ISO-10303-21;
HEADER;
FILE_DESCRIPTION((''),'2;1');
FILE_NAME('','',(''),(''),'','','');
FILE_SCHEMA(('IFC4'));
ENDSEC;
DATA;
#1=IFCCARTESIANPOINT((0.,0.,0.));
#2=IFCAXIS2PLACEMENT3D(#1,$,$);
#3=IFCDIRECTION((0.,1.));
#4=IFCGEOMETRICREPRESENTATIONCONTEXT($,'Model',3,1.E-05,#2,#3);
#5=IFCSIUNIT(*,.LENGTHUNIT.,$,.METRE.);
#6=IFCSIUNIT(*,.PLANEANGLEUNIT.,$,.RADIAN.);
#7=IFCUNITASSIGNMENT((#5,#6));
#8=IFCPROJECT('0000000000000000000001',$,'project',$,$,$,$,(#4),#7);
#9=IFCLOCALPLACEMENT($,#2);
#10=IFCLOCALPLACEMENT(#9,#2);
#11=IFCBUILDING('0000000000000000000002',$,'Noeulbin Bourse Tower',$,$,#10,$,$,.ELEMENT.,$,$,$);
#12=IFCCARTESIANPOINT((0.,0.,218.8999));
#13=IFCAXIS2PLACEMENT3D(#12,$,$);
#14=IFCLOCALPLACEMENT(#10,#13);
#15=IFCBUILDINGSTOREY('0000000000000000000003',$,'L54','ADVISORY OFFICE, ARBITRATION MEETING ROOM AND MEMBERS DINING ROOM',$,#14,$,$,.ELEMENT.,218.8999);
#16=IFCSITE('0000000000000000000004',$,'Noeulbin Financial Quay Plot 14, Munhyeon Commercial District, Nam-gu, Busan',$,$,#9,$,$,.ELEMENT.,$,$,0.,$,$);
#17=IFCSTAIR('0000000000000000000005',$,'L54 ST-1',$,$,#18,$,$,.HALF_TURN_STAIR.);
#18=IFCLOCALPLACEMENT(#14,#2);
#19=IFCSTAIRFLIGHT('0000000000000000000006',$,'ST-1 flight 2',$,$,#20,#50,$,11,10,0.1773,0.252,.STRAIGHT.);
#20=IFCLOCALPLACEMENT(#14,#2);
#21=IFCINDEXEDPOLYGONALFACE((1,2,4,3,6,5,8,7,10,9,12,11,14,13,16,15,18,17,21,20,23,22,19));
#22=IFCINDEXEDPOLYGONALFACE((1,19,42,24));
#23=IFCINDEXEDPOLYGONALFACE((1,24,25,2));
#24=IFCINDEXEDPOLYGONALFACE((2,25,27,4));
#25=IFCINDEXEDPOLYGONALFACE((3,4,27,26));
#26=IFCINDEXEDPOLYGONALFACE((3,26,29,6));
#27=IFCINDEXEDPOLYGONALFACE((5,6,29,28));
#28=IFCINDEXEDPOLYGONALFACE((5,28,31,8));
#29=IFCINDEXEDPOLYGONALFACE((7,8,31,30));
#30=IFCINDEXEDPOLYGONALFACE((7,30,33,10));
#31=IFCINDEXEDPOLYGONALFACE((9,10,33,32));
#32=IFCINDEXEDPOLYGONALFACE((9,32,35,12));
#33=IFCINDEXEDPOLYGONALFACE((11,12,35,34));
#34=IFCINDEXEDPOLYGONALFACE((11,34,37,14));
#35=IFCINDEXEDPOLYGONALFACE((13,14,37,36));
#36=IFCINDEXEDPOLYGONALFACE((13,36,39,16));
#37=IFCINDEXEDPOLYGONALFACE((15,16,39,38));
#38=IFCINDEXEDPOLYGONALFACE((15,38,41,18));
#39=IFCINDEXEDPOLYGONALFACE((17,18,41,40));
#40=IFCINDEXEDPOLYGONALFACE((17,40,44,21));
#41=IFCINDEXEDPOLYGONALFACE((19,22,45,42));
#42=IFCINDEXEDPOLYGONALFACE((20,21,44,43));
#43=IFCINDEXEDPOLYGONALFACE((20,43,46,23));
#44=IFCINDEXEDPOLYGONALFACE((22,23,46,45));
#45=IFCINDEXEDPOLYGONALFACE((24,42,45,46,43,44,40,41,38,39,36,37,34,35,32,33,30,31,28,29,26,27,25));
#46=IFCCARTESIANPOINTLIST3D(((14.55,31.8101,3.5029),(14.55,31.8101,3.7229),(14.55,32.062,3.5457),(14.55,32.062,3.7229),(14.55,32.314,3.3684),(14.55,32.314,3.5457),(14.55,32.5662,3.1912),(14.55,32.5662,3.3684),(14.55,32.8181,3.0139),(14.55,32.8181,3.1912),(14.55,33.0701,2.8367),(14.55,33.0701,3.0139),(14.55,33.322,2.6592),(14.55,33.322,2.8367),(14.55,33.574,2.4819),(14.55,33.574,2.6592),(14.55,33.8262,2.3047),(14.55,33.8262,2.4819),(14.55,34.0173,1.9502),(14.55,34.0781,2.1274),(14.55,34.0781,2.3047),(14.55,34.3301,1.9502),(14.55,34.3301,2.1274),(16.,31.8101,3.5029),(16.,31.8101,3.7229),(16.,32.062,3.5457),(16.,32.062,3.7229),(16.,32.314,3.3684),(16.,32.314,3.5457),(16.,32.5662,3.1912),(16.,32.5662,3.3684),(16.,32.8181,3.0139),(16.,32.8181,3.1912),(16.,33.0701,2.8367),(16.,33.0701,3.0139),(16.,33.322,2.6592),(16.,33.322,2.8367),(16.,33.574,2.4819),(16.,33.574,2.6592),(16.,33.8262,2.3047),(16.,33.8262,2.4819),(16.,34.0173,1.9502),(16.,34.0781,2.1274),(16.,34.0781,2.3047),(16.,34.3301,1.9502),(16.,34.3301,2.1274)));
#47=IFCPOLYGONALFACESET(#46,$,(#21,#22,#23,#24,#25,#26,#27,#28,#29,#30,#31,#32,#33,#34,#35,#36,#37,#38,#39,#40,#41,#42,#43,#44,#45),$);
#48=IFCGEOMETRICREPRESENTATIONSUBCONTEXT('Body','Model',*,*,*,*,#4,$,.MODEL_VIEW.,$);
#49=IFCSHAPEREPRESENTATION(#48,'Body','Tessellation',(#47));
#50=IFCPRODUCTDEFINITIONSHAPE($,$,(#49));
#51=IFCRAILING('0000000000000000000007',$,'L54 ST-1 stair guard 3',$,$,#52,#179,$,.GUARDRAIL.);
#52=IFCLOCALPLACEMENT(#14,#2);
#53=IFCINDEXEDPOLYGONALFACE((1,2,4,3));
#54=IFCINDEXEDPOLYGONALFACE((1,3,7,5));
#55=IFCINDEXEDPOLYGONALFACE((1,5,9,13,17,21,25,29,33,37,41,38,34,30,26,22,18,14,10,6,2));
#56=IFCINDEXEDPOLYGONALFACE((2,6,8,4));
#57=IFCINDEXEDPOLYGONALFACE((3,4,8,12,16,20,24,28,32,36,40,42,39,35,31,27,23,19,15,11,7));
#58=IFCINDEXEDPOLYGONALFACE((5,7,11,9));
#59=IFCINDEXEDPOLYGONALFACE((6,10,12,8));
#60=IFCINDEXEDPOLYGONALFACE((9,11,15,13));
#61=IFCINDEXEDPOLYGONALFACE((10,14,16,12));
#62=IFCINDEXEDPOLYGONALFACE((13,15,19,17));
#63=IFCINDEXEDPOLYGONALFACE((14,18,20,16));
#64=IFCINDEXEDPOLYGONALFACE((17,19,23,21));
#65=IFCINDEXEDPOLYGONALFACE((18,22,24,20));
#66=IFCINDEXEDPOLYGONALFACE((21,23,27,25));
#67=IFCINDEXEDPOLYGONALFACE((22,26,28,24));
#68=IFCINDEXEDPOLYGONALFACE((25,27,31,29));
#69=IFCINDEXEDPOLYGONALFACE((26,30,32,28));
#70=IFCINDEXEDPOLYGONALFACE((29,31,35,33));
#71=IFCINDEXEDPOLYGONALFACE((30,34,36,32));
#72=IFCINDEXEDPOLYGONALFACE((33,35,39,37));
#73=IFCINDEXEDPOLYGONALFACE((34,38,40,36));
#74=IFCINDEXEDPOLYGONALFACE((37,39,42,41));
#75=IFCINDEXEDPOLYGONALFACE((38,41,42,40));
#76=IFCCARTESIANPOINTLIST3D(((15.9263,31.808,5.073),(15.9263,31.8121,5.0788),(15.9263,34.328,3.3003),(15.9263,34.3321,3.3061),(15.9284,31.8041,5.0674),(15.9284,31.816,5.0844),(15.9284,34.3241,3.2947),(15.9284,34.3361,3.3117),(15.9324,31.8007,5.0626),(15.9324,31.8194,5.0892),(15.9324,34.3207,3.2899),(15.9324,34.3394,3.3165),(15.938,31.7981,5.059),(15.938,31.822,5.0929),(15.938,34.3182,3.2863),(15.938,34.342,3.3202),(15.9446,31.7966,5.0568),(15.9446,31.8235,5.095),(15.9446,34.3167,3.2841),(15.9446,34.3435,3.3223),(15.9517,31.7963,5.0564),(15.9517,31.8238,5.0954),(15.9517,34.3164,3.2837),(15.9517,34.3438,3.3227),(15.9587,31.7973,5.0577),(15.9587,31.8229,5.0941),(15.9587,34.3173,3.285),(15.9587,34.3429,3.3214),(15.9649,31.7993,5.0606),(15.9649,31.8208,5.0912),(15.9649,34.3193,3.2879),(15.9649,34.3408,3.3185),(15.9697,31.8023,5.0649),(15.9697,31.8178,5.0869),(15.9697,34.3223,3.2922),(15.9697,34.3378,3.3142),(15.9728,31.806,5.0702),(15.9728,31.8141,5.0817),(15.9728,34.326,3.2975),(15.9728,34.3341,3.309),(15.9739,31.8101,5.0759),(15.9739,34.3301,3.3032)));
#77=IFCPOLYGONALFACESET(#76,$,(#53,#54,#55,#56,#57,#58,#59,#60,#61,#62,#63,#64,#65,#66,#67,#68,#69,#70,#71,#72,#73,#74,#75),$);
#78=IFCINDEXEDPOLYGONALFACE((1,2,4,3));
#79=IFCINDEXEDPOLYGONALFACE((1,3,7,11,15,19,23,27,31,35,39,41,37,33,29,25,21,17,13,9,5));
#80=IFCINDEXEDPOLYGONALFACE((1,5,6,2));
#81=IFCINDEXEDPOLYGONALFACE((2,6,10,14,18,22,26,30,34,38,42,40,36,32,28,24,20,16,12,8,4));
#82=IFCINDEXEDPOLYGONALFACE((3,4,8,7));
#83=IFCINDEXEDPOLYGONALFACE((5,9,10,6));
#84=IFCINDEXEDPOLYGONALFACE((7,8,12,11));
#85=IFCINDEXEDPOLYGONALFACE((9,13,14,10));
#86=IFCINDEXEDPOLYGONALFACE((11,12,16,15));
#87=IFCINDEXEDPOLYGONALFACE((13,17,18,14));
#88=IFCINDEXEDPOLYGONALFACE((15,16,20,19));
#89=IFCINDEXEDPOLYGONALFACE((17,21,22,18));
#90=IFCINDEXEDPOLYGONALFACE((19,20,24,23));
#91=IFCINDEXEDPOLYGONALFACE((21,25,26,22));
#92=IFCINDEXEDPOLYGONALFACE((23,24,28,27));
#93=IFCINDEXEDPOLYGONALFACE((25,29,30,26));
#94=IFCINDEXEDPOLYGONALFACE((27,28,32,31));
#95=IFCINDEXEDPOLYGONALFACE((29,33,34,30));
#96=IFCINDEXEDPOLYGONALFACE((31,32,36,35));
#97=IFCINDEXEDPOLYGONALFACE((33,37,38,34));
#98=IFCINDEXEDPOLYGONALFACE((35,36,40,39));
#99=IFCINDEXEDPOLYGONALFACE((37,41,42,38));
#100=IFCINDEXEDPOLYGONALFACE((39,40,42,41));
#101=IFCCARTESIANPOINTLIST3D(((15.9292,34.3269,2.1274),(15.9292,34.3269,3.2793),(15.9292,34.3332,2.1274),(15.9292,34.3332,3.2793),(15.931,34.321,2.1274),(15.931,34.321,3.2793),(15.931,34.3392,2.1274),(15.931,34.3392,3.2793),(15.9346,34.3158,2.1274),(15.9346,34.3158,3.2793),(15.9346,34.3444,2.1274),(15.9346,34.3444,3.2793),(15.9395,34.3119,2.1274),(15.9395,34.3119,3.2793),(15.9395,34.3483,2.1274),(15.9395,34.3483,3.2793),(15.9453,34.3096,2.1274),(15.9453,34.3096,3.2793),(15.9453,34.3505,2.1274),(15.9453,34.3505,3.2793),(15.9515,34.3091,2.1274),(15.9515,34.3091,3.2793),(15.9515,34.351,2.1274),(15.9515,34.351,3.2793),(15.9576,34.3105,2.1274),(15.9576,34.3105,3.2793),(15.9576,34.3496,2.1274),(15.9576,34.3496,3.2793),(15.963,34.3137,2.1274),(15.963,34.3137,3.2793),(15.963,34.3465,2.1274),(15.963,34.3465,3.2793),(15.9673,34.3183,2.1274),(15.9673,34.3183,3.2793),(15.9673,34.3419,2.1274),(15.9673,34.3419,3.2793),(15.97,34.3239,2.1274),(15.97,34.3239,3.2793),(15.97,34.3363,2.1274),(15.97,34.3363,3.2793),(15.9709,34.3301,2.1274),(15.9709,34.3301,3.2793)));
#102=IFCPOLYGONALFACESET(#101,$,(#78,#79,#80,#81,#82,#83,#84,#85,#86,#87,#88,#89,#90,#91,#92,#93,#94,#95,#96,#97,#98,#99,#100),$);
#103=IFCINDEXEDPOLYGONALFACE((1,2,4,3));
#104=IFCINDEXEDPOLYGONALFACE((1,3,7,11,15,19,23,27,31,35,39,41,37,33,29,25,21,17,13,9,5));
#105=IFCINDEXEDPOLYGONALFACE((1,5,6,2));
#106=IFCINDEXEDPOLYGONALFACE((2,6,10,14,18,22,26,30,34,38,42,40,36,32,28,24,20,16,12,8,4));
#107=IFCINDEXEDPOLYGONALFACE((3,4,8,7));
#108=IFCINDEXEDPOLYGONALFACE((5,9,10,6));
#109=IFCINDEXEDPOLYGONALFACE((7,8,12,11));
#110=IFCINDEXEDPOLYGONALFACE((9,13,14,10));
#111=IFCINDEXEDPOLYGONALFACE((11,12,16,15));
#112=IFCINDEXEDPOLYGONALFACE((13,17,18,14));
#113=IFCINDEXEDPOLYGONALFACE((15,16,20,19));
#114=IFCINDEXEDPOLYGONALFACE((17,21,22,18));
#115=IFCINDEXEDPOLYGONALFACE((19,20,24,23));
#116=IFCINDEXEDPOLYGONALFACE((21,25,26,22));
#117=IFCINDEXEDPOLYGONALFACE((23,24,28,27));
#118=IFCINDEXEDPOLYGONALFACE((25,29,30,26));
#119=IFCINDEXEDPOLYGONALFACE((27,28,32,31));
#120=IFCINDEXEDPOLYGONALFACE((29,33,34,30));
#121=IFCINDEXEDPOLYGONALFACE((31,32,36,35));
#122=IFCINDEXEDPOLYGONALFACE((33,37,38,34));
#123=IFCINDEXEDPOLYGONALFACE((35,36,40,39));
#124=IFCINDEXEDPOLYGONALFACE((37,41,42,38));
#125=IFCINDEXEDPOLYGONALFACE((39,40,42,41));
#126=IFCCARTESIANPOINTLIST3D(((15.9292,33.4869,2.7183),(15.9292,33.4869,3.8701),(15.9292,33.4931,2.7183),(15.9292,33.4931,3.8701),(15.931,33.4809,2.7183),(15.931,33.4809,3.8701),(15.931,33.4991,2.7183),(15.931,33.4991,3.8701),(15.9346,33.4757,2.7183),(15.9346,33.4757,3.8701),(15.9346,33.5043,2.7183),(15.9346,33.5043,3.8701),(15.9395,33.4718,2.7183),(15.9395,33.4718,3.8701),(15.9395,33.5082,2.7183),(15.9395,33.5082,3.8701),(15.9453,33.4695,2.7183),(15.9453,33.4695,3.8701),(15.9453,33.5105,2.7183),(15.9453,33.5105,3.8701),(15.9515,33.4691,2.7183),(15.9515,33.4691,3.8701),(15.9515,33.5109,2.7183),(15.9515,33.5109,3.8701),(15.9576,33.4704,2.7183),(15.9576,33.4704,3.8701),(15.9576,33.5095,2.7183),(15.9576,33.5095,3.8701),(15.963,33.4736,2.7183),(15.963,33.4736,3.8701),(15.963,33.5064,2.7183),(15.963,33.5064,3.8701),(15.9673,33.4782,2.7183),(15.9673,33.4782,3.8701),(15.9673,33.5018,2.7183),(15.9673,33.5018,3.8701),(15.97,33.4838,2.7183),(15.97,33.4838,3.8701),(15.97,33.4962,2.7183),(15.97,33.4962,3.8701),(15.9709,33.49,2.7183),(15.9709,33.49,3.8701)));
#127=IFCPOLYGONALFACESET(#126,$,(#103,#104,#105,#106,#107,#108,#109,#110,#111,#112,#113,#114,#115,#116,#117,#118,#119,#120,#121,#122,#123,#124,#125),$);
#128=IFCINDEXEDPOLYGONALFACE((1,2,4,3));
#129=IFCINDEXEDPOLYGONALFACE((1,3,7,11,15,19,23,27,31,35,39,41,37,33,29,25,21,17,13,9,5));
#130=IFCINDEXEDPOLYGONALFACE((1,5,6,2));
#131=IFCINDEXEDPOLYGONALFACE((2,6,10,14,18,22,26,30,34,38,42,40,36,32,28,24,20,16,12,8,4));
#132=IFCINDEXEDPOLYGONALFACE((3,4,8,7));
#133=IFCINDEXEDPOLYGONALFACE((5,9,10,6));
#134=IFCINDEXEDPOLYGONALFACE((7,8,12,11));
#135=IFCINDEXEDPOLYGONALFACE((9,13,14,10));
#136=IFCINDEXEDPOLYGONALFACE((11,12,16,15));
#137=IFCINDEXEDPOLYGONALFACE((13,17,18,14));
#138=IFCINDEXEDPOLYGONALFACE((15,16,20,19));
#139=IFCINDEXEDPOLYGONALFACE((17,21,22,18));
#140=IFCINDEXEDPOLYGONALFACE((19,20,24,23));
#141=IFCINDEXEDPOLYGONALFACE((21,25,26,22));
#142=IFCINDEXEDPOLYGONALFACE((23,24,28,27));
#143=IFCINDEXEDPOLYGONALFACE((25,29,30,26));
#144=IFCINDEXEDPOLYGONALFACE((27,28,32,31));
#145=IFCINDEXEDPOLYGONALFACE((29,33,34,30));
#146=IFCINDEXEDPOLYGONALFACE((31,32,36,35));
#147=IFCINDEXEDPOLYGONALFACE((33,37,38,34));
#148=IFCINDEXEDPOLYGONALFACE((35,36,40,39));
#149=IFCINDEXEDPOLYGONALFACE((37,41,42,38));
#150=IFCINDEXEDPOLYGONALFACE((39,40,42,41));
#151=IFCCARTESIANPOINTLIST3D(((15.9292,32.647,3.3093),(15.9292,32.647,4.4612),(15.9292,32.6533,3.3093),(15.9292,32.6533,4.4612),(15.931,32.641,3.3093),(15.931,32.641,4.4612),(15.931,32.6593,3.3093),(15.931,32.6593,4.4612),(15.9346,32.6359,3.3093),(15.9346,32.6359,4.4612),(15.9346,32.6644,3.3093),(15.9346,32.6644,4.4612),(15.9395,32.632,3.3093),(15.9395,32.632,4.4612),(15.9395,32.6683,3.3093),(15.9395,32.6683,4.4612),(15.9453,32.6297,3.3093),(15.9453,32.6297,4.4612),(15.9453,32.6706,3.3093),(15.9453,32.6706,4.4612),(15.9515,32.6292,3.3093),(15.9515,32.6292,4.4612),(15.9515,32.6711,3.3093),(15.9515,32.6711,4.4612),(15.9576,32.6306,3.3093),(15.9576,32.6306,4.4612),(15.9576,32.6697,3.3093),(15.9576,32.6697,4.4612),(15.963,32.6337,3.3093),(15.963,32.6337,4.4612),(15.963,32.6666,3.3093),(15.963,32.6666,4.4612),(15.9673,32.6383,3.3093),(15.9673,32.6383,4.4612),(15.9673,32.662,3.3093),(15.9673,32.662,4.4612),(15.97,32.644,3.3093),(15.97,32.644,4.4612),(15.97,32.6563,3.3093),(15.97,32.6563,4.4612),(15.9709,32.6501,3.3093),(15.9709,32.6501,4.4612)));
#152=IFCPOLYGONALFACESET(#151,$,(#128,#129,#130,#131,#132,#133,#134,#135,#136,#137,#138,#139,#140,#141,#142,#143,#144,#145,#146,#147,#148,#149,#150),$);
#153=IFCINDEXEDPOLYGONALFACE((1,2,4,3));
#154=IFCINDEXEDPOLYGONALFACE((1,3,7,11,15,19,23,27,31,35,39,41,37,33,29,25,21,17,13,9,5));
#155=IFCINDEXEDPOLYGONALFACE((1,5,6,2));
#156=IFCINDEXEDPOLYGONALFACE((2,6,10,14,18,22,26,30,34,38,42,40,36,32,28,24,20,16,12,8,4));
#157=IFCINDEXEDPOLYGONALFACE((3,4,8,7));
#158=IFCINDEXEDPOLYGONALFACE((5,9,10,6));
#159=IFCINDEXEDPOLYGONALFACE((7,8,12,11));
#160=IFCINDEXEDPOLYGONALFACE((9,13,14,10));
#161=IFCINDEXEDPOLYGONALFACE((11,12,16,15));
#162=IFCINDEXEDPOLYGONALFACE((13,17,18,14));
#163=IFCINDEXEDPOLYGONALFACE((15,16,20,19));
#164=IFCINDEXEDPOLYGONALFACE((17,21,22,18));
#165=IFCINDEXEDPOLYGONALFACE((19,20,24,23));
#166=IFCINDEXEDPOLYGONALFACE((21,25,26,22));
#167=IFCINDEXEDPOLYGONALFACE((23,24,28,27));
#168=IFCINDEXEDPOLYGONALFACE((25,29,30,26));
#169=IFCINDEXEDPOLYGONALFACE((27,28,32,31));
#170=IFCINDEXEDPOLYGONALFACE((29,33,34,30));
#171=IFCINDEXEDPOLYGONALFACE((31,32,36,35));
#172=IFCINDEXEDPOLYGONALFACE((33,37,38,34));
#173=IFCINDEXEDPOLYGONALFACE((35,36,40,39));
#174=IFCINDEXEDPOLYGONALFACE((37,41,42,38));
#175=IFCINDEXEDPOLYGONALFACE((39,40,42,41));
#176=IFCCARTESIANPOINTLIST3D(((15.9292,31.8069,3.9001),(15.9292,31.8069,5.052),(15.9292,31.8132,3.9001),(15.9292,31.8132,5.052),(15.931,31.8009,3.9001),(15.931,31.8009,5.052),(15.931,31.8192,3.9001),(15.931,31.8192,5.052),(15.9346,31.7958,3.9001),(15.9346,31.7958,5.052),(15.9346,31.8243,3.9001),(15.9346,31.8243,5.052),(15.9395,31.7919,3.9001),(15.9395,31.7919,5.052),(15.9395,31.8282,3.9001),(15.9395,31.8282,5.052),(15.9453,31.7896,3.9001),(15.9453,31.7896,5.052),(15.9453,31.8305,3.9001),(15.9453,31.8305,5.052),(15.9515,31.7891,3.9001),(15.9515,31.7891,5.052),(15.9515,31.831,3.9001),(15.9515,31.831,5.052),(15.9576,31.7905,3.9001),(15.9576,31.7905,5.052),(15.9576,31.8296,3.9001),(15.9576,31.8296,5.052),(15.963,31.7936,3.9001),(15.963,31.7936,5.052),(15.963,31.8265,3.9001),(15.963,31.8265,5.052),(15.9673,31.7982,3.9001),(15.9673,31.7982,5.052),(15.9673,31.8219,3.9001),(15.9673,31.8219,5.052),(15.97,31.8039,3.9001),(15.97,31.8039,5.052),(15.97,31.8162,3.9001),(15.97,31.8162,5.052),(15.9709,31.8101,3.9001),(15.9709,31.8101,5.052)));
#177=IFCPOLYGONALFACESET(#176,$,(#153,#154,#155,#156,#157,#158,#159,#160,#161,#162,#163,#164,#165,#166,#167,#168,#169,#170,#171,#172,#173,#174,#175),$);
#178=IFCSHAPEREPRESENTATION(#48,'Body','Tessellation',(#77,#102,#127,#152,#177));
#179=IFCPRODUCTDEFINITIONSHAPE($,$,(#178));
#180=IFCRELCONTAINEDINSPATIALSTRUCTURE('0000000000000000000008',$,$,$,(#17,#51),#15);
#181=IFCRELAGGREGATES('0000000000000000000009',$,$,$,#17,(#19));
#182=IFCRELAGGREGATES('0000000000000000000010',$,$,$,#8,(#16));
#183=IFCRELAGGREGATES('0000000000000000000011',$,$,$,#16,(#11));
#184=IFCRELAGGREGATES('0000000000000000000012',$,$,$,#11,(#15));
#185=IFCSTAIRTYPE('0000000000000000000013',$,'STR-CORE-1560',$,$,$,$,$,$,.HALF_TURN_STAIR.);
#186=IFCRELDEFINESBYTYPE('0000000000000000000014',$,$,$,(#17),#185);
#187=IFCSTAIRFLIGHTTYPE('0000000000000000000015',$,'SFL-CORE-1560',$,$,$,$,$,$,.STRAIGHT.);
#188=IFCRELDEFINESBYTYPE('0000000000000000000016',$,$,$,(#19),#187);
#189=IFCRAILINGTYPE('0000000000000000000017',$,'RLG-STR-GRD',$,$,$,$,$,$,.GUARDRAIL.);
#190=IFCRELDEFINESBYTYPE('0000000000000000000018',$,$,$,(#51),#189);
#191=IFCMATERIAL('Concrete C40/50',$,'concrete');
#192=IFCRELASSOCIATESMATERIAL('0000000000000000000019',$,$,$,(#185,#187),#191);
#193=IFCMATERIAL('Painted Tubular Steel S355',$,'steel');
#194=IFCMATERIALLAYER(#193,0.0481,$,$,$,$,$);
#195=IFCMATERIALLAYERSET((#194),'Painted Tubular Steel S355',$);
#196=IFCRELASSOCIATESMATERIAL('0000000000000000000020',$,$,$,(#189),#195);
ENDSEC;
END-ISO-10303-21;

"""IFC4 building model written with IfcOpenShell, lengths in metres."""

from ifc_helpers import new_model, si_unit, direction, frame, origin, origin_2d, place, context, subcontext, project, spatial, polyline, circle, outline, extrude, material, layer, layer_set, type_object, element, aggregate, save


model = new_model("IFC4")

# Units and contexts
model_context = context("Model", 3, precision=1e-05, world=origin(), true_north=direction((0.0, 1.0)))
body_context = subcontext(model_context, "Body", "Model", "MODEL_VIEW")
ifc_project = project(units=[si_unit("LENGTHUNIT", "METRE"), si_unit("PLANEANGLEUNIT", "RADIAN")], contexts=[model_context])

# Site, building, storey
site_placement = place(None, origin())
site = spatial("IfcSite", under=ifc_project, at=site_placement, Name="Noeulbin Financial Quay Plot 14, Munhyeon Commercial District, Nam-gu, Busan", CompositionType="ELEMENT", RefElevation=0.0)
building_placement = place(site_placement, origin())
building = spatial("IfcBuilding", under=site, at=building_placement, Name="Noeulbin Bourse Tower", CompositionType="ELEMENT")
storey_placement = place(building_placement, frame((0.0, 0.0, 218.8999)))
storey = spatial("IfcBuildingStorey", under=building, at=storey_placement, Name="L54", Description="ADVISORY OFFICE, ARBITRATION MEETING ROOM AND MEMBERS DINING ROOM", CompositionType="ELEMENT", Elevation=218.8999)

# Shared definitions
ifc_material_1 = material(Name="Concrete C40/50", Category="concrete")

# Stair, stair flight
stair_type = type_object("IfcStairType", Name="STR-CORE-1560", PredefinedType="HALF_TURN_STAIR", material=ifc_material_1)
stair_placement = place(storey_placement, origin())
stair = element("IfcStair", 1, at=stair_placement, inside=storey, type_object=stair_type, Name="L54 ST-1", PredefinedType="HALF_TURN_STAIR")
stair_flight_type = type_object("IfcStairFlightType", Name="SFL-CORE-1560", PredefinedType="STRAIGHT", material=ifc_material_1)
stair_flight_placement = place(storey_placement, frame((15.2749, 34.3301, 1.9502), z_axis=(0.0, 0.0, 1.0), x_axis=(0.0, -1.0, 0.0)))
stair_flight = element("IfcStairFlight", 2, at=stair_flight_placement, type_object=stair_flight_type, Name="ST-1 flight 2", NumberOfRisers=11, NumberOfTreads=10, PredefinedType="STRAIGHT", RiserHeight=0.1773, TreadLength=0.252, context=body_context, shape_type="SweptSolid", body=[
    extrude(outline(polyline([(0.0, 0.0), (0.0, 0.1772), (0.252, 0.1772), (0.252, 0.3545), (0.5039, 0.3545), (0.5039, 0.5317), (0.7561, 0.5317), (0.7561, 0.709), (1.0081, 0.709), (1.0081, 0.8865), (1.26, 0.8865), (1.26, 1.0637), (1.512, 1.0637), (1.512, 1.241), (1.7639, 1.241), (1.7639, 1.4182), (2.0161, 1.4182), (2.0161, 1.5955), (2.2681, 1.5955), (2.2681, 1.7727), (2.52, 1.7727), (2.52, 1.95), (2.52, 1.5527), (0.3127, 0.0), (0.0, 0.0)])), frame((0.0, 0.7251, 0.0), z_axis=(0.0, -1.0, 0.0), x_axis=(1.0, 0.0, 0.0)), (0.0, 0.0, 1.0), 1.45),
])
aggregate(stair, [stair_flight])

# Railing
ifc_material_2 = material(Name="Painted Tubular Steel S355", Category="steel")
ifc_layer_1 = layer(ifc_material_2, 0.0481)
ifc_layer_set_1 = layer_set([ifc_layer_1], Name="Painted Tubular Steel S355")
railing_type_1 = type_object("IfcRailingType", Name="RLG-STR-GRD", PredefinedType="GUARDRAIL", material=ifc_layer_set_1)
railing_1_placement = place(storey_placement, frame((15.95, 34.3301, 2.1274)))
element("IfcRailing", 3, at=railing_1_placement, inside=storey, type_object=railing_type_1, Name="L54 ST-1 stair guard 3", PredefinedType="GUARDRAIL", context=body_context, shape_type="SweptSolid", body=[
    extrude(circle(Radius=0.0239, at=origin_2d()), frame((0.0, 0.0, 1.1758), z_axis=(0.0, -0.817904, 0.575354), x_axis=(1.0, 0.0, 0.0)), (0.0, 0.0, 1.0), 3.0811),
    extrude(circle(Radius=0.021, at=origin_2d()), origin(), (0.0, 0.0, 1.0), 1.1519),
    extrude(circle(Radius=0.021, at=origin_2d()), frame((0.0, -0.8401, 0.5908)), (0.0, 0.0, 1.0), 1.1519),
    extrude(circle(Radius=0.021, at=origin_2d()), frame((0.0, -1.6799, 1.1819)), (0.0, 0.0, 1.0), 1.1519),
    extrude(circle(Radius=0.021, at=origin_2d()), frame((0.0, -2.52, 1.7727)), (0.0, 0.0, 1.0), 1.1519),
])

save(model, "model.ifc")
